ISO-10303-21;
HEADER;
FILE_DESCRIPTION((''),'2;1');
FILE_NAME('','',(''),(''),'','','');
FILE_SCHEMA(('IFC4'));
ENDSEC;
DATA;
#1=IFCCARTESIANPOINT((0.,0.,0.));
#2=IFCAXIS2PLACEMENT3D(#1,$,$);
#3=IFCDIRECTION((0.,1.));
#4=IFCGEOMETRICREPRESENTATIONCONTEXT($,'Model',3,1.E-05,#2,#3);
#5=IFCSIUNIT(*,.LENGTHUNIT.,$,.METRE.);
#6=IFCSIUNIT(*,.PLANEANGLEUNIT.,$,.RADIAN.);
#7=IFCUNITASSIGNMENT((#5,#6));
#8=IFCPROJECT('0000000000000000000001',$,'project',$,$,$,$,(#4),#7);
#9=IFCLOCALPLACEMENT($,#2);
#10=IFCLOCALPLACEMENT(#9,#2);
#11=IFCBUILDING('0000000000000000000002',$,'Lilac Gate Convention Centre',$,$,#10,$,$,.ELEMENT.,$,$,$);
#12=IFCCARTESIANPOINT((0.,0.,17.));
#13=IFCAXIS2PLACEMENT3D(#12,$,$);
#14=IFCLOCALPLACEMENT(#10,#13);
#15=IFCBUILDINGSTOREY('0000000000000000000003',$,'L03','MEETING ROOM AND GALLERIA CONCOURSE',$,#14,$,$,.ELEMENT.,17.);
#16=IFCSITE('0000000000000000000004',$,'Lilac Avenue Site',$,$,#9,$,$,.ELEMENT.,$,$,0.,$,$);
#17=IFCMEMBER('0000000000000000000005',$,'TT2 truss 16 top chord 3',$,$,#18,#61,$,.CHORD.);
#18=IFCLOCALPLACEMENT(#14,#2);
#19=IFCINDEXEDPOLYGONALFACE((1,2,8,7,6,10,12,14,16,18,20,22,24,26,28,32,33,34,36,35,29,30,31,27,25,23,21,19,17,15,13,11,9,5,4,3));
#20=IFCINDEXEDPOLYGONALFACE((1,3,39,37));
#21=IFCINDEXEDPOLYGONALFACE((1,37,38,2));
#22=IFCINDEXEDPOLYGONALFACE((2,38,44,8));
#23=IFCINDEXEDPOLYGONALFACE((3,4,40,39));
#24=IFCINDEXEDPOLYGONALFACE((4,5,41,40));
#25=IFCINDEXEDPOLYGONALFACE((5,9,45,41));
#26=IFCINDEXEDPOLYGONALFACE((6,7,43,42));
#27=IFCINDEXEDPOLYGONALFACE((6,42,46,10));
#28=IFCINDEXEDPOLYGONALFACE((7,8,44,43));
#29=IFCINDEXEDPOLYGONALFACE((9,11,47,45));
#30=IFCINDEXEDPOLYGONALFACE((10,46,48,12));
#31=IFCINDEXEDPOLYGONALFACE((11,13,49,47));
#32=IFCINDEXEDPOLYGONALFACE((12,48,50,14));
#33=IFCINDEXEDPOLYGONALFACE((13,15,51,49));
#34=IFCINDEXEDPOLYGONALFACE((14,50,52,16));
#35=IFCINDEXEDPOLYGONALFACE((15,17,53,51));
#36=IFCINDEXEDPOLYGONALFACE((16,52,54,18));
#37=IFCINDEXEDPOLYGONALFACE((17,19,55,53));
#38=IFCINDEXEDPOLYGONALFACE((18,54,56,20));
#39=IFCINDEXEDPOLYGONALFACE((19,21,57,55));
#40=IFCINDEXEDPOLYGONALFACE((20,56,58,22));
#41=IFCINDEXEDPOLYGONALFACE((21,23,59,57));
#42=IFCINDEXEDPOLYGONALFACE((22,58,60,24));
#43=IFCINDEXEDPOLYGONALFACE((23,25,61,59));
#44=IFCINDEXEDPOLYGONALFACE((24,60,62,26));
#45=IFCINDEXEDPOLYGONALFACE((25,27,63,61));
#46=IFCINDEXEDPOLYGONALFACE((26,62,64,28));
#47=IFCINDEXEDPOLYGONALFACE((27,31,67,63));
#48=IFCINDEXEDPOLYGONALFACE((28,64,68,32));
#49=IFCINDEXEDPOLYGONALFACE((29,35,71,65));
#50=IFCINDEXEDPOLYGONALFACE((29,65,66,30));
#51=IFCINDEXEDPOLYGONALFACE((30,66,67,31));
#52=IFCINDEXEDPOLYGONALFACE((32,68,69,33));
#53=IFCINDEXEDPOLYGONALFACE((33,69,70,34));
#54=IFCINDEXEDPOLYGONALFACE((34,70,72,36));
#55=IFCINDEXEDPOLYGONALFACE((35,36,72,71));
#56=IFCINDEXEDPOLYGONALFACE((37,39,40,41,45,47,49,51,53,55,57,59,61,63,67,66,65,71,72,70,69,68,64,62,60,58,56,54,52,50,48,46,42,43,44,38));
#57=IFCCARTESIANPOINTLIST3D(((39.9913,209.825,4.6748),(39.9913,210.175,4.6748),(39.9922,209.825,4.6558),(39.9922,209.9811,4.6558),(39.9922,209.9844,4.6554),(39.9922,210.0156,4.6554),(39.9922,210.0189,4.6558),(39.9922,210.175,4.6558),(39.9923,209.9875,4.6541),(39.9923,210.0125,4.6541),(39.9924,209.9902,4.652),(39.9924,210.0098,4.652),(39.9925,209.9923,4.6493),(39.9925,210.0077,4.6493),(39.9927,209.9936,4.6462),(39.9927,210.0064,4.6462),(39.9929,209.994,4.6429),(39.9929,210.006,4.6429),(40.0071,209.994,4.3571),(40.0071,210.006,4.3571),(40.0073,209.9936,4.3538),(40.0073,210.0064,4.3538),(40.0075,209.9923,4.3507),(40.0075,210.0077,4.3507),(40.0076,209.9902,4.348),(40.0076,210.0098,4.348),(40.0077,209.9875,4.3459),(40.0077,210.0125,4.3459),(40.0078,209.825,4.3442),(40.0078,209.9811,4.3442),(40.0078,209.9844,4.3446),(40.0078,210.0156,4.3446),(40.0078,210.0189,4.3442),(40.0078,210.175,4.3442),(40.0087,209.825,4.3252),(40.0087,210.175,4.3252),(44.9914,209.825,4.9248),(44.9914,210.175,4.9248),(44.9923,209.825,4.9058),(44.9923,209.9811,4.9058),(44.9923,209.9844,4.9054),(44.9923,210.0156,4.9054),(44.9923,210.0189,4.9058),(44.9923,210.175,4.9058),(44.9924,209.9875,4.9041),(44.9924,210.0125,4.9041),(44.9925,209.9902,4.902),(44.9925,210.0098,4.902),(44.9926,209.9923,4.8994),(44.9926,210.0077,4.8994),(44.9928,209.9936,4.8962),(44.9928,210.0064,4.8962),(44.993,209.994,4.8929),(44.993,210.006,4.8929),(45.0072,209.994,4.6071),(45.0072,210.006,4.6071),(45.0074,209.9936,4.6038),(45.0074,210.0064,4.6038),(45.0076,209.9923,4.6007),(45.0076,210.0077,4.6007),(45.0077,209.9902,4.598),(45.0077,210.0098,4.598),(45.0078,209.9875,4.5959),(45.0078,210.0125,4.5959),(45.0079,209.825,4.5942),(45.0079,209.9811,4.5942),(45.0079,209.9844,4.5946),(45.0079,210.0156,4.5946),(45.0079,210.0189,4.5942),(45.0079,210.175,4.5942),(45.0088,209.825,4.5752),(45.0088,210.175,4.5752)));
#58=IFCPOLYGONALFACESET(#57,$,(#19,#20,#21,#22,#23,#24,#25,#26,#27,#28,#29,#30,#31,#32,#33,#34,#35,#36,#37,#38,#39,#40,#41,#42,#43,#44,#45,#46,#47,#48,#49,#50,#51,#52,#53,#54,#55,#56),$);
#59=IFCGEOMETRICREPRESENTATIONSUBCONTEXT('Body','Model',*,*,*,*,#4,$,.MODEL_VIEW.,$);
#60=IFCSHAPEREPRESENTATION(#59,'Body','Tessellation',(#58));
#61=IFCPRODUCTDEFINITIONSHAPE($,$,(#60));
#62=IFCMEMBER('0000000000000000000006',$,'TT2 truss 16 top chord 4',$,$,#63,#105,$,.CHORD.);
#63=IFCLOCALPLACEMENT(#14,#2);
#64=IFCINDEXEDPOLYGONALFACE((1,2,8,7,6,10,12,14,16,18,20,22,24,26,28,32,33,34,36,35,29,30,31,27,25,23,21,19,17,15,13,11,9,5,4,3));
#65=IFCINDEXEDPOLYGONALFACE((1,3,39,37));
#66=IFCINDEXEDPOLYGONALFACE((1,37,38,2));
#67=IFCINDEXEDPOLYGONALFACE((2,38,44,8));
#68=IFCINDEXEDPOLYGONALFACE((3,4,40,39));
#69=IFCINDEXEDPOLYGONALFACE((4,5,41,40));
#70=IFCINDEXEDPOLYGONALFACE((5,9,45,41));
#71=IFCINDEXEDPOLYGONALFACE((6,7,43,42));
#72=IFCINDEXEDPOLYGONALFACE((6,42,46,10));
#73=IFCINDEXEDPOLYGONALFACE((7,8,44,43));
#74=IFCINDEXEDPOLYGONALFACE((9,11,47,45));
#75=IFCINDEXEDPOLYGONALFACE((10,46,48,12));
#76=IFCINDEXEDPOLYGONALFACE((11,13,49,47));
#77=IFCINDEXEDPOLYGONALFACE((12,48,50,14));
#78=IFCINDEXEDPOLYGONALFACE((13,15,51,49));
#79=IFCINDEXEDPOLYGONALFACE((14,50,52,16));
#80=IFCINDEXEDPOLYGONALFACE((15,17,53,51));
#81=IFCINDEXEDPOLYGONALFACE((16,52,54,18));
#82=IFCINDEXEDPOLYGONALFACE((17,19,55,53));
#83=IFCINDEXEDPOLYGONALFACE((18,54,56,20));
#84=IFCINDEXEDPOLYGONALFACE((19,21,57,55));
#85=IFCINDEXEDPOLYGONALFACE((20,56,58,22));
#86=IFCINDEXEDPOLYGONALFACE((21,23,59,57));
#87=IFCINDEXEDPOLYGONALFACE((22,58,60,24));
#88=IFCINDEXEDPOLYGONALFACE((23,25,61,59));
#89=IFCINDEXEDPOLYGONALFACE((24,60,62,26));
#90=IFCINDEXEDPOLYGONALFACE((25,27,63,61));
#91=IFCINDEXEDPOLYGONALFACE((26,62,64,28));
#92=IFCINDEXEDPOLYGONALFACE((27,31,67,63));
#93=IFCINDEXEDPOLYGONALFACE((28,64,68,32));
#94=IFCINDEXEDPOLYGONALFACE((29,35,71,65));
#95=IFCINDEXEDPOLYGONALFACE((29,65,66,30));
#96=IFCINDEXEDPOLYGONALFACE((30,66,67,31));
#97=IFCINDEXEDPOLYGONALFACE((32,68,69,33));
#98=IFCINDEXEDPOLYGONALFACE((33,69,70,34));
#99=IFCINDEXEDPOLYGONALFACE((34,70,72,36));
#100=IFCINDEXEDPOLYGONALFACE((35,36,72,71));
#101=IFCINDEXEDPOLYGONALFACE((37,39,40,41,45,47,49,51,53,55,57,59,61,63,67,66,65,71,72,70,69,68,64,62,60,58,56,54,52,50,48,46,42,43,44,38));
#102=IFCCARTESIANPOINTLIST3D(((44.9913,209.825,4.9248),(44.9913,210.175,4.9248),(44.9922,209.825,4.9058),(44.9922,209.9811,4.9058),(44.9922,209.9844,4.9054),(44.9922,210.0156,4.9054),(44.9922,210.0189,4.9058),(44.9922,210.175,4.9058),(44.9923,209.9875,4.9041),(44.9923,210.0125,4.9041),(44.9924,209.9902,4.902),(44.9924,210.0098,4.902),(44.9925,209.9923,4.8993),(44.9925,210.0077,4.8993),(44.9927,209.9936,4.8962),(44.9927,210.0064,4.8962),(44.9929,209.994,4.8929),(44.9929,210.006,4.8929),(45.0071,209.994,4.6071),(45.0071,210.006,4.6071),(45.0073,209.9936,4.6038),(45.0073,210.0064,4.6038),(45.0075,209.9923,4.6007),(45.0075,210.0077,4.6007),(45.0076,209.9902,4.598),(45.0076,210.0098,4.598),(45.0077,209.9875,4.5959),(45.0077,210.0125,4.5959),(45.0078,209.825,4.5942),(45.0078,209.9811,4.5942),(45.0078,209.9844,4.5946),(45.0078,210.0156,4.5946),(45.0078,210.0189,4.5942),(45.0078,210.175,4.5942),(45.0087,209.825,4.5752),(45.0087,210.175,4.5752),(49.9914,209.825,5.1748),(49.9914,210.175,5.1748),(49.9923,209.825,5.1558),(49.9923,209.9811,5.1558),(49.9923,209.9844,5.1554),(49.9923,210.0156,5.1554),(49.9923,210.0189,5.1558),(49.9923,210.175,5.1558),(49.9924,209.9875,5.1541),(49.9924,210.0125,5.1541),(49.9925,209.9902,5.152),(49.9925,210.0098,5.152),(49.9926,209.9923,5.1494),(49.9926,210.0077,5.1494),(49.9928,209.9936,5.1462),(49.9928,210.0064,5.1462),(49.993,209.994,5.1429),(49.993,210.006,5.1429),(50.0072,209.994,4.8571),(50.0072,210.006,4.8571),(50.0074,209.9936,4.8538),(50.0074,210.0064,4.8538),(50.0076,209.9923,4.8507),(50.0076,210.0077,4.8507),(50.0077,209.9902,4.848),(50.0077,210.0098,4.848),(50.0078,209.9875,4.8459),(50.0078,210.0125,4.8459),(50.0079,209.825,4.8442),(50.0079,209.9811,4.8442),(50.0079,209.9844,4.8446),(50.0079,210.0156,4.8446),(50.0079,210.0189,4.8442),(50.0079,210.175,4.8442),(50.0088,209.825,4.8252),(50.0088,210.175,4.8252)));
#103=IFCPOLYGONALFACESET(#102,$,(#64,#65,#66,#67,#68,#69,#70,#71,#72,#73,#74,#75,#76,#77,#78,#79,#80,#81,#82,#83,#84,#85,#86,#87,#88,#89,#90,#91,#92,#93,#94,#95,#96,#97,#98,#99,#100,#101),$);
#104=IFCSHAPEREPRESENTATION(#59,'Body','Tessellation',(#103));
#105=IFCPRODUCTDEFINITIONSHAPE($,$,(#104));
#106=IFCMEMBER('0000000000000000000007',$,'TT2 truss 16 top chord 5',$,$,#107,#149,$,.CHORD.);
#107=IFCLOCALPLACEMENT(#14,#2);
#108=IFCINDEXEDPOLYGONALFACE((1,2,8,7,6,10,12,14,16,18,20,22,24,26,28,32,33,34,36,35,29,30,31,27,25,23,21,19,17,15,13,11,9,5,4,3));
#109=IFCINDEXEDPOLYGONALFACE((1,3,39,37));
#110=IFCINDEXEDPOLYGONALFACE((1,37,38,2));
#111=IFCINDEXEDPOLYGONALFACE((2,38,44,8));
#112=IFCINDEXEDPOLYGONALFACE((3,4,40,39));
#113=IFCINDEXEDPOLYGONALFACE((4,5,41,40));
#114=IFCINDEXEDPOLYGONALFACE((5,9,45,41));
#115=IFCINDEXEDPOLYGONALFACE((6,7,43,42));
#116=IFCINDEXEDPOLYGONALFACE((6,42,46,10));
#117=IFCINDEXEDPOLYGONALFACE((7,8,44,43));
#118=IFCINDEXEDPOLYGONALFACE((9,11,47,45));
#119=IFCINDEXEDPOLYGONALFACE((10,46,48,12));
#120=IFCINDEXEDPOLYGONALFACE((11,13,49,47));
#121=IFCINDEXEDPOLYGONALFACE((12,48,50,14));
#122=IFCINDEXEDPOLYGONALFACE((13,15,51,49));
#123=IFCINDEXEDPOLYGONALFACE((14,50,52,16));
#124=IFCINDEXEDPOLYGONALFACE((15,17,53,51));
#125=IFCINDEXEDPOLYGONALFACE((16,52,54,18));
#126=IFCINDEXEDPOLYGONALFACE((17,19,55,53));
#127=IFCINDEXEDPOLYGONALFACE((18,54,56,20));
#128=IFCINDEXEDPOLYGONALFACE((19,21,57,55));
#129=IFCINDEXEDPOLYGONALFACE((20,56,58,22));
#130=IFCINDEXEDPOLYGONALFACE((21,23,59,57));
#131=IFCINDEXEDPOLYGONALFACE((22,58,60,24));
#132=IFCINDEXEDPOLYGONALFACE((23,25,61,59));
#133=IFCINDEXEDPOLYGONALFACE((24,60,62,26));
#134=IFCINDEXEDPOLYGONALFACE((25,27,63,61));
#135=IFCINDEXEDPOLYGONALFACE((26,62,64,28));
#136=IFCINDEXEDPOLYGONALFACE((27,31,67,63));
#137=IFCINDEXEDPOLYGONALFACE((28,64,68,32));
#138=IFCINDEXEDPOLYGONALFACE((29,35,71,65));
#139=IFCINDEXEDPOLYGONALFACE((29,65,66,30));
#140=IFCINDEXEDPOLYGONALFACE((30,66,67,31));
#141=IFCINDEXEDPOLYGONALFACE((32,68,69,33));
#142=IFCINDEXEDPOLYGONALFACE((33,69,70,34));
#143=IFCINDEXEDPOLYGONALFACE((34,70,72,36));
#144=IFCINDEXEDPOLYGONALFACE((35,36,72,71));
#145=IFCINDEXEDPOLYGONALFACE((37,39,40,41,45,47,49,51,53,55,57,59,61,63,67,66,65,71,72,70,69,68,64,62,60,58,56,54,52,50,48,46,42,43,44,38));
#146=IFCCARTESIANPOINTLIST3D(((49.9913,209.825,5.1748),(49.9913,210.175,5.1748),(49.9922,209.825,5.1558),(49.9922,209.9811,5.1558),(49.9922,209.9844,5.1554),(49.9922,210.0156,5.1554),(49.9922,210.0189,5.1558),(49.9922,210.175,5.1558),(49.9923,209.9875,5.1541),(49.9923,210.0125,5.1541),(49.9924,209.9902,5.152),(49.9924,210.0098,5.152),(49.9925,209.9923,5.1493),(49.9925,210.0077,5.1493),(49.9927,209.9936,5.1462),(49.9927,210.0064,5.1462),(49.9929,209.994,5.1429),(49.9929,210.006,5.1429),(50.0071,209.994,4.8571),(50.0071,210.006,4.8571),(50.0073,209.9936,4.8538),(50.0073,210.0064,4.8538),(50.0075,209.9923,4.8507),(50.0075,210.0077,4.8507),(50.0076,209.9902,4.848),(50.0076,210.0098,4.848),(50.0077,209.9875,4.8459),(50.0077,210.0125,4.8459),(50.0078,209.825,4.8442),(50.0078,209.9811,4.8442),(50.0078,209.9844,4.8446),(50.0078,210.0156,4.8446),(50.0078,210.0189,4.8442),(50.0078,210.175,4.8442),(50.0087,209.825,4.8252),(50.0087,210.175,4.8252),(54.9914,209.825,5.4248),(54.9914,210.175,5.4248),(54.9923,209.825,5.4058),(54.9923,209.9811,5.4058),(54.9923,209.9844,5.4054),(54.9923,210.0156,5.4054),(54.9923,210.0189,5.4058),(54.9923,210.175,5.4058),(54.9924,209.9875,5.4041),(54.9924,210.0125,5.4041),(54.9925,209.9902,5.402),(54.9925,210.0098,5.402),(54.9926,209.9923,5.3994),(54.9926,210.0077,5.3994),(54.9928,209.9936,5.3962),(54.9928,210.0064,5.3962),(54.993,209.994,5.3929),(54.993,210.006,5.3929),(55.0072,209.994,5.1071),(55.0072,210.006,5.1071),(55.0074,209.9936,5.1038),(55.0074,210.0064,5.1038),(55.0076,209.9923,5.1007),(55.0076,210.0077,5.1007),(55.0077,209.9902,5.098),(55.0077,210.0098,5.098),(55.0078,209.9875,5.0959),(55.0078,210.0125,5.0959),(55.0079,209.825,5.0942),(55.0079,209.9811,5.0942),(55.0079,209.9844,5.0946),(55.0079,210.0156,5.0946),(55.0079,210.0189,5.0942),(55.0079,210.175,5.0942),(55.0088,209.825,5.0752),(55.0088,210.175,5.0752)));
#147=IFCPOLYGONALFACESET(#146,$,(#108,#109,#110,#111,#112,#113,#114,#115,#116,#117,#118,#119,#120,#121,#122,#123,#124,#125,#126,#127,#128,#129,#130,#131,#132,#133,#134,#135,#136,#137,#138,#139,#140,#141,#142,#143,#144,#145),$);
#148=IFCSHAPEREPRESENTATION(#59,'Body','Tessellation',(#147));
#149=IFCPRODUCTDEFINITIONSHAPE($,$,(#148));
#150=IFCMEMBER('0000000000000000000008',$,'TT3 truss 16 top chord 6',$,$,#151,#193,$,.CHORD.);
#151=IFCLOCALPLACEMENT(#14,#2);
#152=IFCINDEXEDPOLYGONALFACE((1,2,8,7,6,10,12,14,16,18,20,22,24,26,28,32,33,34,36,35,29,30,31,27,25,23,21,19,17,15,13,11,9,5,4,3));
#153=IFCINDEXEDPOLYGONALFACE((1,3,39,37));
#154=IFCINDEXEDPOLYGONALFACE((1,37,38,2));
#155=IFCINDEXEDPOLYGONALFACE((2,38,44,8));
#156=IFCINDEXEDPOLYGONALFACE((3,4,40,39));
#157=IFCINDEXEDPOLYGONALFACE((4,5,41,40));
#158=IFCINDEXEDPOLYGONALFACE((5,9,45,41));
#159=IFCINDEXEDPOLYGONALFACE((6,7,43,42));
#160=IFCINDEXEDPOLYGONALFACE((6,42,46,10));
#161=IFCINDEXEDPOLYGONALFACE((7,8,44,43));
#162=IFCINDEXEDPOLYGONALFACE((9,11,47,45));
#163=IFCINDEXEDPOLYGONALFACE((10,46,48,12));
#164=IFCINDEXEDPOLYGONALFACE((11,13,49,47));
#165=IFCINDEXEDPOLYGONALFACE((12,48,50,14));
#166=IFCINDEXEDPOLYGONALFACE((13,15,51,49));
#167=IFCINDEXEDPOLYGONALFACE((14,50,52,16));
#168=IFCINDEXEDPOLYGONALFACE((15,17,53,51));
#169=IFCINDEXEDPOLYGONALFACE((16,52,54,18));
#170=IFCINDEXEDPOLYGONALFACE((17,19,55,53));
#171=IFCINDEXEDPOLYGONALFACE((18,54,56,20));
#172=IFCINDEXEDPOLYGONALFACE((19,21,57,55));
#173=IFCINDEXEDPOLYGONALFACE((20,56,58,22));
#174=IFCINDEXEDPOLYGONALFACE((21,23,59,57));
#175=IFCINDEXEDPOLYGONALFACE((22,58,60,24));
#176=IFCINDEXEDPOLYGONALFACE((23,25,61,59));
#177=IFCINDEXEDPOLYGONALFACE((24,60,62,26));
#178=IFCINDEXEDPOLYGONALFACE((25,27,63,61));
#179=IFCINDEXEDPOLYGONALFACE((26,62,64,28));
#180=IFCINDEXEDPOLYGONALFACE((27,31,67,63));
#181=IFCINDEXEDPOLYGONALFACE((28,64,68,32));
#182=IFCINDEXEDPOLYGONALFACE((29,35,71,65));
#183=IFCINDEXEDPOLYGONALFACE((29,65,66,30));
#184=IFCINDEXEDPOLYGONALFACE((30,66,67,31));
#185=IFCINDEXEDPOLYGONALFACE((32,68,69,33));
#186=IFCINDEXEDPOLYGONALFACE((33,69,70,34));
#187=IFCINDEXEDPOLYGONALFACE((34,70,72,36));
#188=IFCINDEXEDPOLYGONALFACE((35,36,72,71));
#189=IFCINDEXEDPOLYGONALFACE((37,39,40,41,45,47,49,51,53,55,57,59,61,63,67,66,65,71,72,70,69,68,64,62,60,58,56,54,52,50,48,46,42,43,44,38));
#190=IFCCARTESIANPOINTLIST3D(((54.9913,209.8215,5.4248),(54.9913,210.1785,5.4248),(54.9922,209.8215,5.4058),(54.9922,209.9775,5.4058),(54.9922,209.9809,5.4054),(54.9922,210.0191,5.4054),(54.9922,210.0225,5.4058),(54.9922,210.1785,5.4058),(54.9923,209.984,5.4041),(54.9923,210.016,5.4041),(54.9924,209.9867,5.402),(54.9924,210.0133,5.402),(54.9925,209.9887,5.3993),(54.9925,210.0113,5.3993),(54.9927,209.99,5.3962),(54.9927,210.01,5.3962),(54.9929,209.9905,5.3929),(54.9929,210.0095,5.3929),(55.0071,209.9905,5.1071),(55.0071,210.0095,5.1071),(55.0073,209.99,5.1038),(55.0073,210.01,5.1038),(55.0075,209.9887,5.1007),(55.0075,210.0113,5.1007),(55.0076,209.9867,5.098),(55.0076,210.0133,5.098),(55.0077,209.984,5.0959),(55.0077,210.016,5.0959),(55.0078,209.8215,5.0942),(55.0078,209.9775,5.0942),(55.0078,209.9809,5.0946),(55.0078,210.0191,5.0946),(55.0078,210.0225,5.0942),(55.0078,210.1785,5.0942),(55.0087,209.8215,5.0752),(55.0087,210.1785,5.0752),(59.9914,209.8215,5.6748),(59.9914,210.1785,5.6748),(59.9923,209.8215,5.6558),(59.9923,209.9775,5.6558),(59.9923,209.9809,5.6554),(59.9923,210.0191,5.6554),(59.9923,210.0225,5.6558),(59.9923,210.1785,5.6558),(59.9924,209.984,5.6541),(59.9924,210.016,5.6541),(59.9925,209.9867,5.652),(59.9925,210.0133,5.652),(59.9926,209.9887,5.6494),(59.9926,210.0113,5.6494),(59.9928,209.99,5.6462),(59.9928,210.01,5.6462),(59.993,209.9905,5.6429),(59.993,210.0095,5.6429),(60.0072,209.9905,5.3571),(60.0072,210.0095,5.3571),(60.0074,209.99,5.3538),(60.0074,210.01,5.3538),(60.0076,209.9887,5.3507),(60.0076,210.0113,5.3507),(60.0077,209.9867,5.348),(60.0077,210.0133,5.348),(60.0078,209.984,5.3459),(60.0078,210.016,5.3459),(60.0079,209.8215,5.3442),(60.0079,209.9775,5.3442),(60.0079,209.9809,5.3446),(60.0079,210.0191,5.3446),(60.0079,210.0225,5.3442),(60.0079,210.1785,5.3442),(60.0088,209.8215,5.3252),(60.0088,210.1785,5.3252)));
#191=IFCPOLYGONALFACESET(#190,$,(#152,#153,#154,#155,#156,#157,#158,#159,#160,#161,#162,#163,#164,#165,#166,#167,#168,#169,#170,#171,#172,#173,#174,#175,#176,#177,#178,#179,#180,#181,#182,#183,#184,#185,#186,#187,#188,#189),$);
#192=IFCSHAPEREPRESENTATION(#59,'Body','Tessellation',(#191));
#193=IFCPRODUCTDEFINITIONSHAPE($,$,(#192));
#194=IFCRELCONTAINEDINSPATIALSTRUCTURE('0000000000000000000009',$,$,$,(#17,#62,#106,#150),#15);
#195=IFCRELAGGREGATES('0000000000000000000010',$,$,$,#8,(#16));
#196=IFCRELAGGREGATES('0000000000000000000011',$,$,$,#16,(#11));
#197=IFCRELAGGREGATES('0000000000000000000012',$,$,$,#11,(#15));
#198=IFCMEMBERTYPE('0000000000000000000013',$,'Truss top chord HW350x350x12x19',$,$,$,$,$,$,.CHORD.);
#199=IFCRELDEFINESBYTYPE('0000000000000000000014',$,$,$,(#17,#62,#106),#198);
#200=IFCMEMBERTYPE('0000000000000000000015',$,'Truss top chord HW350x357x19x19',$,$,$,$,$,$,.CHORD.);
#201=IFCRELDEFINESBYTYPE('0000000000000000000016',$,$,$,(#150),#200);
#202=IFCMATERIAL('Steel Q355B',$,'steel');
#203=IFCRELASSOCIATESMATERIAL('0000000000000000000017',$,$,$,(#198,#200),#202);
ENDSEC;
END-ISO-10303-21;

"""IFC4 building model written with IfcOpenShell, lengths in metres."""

from ifc_helpers import new_model, si_unit, direction, frame, origin, origin_2d, place, context, subcontext, project, spatial, i_section, extrude, material, material_profile, profile_set, type_object, element, save


model = new_model("IFC4")

# Units and contexts
model_context = context("Model", 3, precision=1e-05, world=origin(), true_north=direction((0.0, 1.0)))
body_context = subcontext(model_context, "Body", "Model", "MODEL_VIEW")
ifc_project = project(units=[si_unit("LENGTHUNIT", "METRE"), si_unit("PLANEANGLEUNIT", "RADIAN")], contexts=[model_context])

# Site, building, storey
site_placement = place(None, origin())
site = spatial("IfcSite", under=ifc_project, at=site_placement, Name="Lilac Avenue Site", CompositionType="ELEMENT", RefElevation=0.0)
building_placement = place(site_placement, origin())
building = spatial("IfcBuilding", under=site, at=building_placement, Name="Lilac Gate Convention Centre", CompositionType="ELEMENT")
storey_placement = place(building_placement, frame((0.0, 0.0, 17.0)))
storey = spatial("IfcBuildingStorey", under=building, at=storey_placement, Name="L03", Description="MEETING ROOM AND GALLERIA CONCOURSE", CompositionType="ELEMENT", Elevation=17.0)

# Members
ifc_material = material(Name="Steel Q355B", Category="steel")
ifc_material_profile_1 = material_profile(ifc_material, i_section(OverallWidth=0.3501, OverallDepth=0.3501, WebThickness=0.012, FlangeThickness=0.019, FilletRadius=0.0129, at=origin_2d()), Name="HW350x350x12x19")
ifc_profile_set_1 = profile_set([ifc_material_profile_1], Name="Steel Q355B")
member_type_1 = type_object("IfcMemberType", Name="Truss top chord HW350x350x12x19", PredefinedType="CHORD", material=ifc_profile_set_1)
for number, where, z_axis, x_axis, name in (
    (1, (40.0, 210.0, 4.5), (0.998752, 0.0, 0.049938), (0.0, 1.0, 0.0), "TT2 truss 16 top chord 3"),
    (2, (45.0, 210.0, 4.75), (0.998752, 0.0, 0.049938), (0.0, 1.0, 0.0), "TT2 truss 16 top chord 4"),
    (3, (50.0, 210.0, 5.0), (0.998752, 0.0, 0.049938), (0.0, 1.0, 0.0), "TT2 truss 16 top chord 5"),
):
    element("IfcMember", number, at=place(storey_placement, frame(where, z_axis=z_axis, x_axis=x_axis)), inside=storey, type_object=member_type_1, Name=name, PredefinedType="CHORD", context=body_context, shape_type="SweptSolid", body=[
        extrude(i_section(OverallWidth=0.3501, OverallDepth=0.3501, WebThickness=0.012, FlangeThickness=0.019, FilletRadius=0.0129, at=origin_2d()), origin(), (0.0, 0.0, 1.0), 5.0063),
    ])
ifc_material_profile_2 = material_profile(ifc_material, i_section(OverallWidth=0.3569, OverallDepth=0.3501, WebThickness=0.019, FlangeThickness=0.019, FilletRadius=0.0129, at=origin_2d()), Name="HW350x357x19x19")
ifc_profile_set_2 = profile_set([ifc_material_profile_2], Name="Steel Q355B")
member_type_2 = type_object("IfcMemberType", Name="Truss top chord HW350x357x19x19", PredefinedType="CHORD", material=ifc_profile_set_2)
member_1_placement = place(storey_placement, frame((55.0, 210.0, 5.25), z_axis=(0.998752, 0.0, 0.049938), x_axis=(0.0, 1.0, 0.0)))
element("IfcMember", 4, at=member_1_placement, inside=storey, type_object=member_type_2, Name="TT3 truss 16 top chord 6", PredefinedType="CHORD", context=body_context, shape_type="SweptSolid", body=[
    extrude(i_section(OverallWidth=0.3569, OverallDepth=0.3501, WebThickness=0.019, FlangeThickness=0.019, FilletRadius=0.0129, at=origin_2d()), origin(), (0.0, 0.0, 1.0), 5.0063),
])

save(model, "model.ifc")
